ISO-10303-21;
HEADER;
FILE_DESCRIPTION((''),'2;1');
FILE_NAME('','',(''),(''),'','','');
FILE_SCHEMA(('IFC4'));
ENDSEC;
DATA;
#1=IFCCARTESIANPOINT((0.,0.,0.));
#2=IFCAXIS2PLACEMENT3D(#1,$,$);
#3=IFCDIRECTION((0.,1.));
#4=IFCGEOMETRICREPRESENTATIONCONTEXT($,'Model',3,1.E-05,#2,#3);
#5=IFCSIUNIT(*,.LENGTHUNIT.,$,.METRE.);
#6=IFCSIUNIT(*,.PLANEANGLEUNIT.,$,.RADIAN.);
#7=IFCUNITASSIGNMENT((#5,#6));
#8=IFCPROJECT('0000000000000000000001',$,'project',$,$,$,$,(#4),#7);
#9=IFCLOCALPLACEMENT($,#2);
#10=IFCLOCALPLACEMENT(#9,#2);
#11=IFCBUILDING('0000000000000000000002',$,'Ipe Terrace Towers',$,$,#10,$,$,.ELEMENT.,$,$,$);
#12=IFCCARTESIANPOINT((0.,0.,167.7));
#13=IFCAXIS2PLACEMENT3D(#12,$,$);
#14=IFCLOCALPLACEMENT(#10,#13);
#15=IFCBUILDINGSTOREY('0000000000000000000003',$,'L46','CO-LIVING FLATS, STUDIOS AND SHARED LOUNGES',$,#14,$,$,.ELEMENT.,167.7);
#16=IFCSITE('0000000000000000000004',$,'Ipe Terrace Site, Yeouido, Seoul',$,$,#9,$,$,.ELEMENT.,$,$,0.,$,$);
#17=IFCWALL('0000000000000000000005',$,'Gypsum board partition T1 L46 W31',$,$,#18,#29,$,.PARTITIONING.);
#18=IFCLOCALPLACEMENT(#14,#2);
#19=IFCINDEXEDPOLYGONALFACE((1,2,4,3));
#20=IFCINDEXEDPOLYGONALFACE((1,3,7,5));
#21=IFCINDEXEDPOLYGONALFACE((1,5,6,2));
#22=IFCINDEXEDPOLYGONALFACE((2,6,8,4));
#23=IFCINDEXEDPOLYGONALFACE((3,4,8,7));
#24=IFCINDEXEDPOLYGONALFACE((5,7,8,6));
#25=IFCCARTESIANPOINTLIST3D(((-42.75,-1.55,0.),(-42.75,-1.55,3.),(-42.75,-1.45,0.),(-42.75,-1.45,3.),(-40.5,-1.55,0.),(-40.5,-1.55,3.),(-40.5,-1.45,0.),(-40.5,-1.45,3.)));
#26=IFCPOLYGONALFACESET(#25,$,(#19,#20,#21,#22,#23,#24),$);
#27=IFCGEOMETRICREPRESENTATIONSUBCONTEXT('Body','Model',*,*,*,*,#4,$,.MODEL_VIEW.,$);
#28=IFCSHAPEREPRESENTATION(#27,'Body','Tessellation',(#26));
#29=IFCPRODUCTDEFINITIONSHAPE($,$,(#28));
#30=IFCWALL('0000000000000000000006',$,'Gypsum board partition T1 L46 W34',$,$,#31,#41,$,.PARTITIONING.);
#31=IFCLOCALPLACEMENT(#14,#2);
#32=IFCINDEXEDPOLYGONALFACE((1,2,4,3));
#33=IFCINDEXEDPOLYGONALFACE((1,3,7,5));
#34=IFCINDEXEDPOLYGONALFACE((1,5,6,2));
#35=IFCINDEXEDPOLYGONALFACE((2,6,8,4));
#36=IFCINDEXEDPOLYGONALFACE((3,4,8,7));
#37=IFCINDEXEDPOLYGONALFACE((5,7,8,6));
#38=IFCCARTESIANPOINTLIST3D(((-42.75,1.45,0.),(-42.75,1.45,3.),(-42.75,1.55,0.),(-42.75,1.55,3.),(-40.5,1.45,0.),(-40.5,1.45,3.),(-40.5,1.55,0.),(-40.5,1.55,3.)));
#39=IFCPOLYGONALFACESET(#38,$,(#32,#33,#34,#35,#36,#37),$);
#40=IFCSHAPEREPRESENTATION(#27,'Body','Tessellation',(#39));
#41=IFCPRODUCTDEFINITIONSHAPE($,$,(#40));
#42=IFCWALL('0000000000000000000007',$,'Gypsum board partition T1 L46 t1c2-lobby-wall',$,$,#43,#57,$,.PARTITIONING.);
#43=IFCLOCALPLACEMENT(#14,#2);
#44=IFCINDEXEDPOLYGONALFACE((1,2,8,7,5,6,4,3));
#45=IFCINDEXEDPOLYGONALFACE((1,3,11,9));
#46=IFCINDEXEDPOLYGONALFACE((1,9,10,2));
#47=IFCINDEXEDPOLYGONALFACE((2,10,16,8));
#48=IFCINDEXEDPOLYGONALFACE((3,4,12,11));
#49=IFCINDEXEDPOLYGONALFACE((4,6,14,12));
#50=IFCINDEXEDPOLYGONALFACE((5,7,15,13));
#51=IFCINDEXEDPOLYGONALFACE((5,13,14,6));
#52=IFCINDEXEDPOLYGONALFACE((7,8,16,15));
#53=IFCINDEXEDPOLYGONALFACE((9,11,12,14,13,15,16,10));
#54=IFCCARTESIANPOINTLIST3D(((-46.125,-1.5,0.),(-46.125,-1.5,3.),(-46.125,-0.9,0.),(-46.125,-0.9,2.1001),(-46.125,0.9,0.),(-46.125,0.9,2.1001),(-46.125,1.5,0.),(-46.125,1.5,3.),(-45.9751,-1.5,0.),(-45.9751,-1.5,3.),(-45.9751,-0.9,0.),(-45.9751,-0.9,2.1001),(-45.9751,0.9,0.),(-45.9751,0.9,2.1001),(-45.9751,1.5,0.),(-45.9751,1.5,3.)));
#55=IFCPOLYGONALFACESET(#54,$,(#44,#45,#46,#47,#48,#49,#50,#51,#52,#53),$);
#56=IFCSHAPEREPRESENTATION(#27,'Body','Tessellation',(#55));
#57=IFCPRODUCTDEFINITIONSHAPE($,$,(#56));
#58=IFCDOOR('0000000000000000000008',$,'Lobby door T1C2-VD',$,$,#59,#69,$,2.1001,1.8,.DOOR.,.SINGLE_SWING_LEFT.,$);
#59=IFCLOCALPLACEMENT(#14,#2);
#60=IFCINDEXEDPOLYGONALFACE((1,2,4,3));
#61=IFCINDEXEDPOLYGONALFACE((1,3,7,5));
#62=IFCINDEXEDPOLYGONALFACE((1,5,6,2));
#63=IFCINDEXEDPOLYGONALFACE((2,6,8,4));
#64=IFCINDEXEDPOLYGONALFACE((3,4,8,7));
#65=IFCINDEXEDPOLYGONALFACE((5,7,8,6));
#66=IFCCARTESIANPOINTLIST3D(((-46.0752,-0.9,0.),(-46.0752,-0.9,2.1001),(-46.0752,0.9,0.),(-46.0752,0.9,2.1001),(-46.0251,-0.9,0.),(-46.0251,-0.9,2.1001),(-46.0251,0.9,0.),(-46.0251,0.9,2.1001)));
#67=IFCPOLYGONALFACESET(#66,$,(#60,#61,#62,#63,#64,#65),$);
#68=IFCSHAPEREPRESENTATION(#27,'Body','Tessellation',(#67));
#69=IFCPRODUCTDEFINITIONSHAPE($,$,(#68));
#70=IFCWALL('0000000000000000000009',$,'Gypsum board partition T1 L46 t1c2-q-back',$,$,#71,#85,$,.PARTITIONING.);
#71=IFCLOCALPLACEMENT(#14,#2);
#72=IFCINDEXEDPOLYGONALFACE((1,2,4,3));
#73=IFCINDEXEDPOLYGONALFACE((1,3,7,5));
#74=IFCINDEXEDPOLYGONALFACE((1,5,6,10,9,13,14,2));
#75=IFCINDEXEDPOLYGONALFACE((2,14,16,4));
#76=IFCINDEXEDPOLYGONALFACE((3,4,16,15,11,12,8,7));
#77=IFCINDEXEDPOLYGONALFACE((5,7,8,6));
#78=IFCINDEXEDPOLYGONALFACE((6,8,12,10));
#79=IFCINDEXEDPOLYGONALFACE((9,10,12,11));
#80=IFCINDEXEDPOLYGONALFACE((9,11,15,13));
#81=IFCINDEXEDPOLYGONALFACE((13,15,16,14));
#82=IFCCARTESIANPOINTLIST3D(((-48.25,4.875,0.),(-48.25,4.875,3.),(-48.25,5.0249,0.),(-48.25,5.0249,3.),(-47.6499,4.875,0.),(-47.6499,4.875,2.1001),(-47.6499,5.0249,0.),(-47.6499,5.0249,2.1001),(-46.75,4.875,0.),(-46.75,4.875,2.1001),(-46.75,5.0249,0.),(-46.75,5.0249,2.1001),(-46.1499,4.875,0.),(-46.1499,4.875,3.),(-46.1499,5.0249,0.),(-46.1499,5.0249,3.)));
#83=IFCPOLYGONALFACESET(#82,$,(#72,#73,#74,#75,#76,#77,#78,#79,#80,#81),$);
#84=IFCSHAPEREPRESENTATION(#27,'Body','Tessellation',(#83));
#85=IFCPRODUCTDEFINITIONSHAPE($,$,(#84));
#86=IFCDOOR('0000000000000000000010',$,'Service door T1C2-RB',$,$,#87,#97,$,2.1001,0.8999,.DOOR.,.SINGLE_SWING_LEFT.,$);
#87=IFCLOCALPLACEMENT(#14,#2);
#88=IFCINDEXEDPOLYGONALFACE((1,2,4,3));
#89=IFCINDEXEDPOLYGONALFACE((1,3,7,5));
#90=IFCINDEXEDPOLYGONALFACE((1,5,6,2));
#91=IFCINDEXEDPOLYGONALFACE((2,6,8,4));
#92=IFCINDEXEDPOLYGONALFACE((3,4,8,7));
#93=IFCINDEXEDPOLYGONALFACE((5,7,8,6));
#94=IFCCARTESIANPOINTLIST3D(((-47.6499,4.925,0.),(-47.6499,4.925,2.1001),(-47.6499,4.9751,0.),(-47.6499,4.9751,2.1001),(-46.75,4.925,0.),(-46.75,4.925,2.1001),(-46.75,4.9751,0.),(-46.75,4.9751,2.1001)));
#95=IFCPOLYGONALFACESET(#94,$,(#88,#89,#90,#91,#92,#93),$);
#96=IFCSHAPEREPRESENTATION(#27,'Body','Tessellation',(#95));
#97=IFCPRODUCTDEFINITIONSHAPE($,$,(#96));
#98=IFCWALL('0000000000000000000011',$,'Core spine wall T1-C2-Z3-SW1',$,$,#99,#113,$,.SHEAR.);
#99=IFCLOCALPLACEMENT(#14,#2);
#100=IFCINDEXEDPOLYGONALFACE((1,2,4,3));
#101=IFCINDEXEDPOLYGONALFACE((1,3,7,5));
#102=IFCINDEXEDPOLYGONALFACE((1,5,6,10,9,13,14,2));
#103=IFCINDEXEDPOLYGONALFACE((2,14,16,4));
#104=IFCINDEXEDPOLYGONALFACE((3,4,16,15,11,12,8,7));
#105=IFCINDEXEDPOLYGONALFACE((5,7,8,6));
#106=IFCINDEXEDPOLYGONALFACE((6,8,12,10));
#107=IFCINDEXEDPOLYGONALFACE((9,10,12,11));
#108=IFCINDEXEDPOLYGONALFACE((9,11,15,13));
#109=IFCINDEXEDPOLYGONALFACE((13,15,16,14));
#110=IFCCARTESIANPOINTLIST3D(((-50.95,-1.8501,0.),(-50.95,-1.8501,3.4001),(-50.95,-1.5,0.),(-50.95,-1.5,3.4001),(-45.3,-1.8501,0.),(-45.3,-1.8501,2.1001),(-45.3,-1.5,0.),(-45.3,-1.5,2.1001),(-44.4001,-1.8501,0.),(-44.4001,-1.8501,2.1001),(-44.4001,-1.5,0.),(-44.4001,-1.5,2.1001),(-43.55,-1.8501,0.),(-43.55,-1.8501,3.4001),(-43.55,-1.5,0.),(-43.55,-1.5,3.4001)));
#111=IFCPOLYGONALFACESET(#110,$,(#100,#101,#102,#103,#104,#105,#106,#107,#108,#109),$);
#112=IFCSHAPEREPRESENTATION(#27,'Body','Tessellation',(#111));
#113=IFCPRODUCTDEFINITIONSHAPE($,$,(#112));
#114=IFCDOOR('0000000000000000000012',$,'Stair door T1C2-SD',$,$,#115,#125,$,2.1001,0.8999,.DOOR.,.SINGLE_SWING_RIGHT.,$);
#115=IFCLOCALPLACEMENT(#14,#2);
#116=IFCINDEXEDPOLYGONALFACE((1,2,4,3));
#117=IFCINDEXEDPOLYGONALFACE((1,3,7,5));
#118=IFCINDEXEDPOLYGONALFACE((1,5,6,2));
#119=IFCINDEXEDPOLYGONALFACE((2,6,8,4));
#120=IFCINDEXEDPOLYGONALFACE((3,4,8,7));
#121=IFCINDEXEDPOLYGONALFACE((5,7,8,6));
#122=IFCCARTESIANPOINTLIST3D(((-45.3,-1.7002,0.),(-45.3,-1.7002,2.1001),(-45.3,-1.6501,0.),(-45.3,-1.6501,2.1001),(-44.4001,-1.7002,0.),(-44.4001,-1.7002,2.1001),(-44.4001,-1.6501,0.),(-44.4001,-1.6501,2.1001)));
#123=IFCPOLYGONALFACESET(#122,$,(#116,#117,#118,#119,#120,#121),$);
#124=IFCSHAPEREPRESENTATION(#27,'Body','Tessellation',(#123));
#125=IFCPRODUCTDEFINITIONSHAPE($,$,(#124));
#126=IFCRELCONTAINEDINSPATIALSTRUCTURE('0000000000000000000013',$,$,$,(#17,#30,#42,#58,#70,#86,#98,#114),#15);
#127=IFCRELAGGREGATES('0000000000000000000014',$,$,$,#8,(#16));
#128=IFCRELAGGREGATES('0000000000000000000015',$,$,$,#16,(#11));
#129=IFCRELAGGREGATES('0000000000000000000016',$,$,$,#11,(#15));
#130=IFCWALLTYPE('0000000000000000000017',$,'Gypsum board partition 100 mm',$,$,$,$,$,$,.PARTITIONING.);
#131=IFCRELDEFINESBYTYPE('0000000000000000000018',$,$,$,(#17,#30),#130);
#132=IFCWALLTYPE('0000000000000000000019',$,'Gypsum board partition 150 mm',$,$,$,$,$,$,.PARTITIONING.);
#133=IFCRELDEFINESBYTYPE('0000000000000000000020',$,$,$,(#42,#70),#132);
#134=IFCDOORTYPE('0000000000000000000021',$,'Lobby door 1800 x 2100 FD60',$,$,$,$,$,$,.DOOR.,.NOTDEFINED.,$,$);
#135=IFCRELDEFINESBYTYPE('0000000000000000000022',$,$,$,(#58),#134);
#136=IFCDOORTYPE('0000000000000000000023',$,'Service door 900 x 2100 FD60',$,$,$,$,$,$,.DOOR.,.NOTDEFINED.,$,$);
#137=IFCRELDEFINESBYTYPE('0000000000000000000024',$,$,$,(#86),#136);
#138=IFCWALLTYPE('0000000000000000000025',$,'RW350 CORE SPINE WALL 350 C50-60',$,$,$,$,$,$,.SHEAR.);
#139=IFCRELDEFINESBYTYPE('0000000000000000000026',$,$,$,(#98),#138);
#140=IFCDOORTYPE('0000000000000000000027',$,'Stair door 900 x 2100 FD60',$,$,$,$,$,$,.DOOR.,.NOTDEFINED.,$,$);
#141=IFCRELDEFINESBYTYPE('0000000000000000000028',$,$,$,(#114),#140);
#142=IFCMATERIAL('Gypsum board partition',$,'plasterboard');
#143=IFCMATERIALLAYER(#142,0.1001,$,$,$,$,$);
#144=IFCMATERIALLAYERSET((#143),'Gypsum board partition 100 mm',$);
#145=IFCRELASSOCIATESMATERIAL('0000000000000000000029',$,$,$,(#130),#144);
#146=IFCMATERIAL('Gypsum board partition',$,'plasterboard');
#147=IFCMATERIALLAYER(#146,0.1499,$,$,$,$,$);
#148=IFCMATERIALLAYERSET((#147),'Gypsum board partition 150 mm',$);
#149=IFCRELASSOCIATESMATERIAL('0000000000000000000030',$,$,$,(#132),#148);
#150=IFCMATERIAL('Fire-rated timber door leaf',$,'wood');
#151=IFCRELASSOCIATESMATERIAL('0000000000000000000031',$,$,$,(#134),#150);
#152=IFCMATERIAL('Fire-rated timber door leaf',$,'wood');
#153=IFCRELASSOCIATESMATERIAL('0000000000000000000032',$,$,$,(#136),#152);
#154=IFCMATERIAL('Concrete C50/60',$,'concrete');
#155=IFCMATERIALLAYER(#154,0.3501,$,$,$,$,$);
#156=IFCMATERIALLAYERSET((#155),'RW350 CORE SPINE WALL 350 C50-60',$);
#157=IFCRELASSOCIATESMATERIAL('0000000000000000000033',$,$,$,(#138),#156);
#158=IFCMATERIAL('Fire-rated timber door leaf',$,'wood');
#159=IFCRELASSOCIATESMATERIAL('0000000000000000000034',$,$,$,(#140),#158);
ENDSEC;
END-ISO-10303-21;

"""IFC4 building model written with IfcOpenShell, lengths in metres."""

from ifc_helpers import new_model, si_unit, direction, frame, frame_2d, origin, place, context, subcontext, project, spatial, rectangle, extrude, material, layer, layer_set, type_object, element, fill, save


model = new_model("IFC4")

# Units and contexts
model_context = context("Model", 3, precision=1e-05, world=origin(), true_north=direction((0.0, 1.0)))
body_context = subcontext(model_context, "Body", "Model", "MODEL_VIEW")
ifc_project = project(units=[si_unit("LENGTHUNIT", "METRE"), si_unit("PLANEANGLEUNIT", "RADIAN")], contexts=[model_context])

# Site, building, storey
site_placement = place(None, origin())
site = spatial("IfcSite", under=ifc_project, at=site_placement, Name="Ipe Terrace Site, Yeouido, Seoul", CompositionType="ELEMENT", RefElevation=0.0)
building_placement = place(site_placement, origin())
building = spatial("IfcBuilding", under=site, at=building_placement, Name="Ipe Terrace Towers", CompositionType="ELEMENT")
storey_placement = place(building_placement, frame((0.0, 0.0, 167.7)))
storey = spatial("IfcBuildingStorey", under=building, at=storey_placement, Name="L46", Description="CO-LIVING FLATS, STUDIOS AND SHARED LOUNGES", CompositionType="ELEMENT", Elevation=167.7)

# Walls
ifc_material_1 = material(Name="Gypsum board partition", Category="plasterboard")
ifc_layer_1 = layer(ifc_material_1, 0.1001)
ifc_layer_set_1 = layer_set([ifc_layer_1], Name="Gypsum board partition 100 mm")
wall_type_1 = type_object("IfcWallType", Name="Gypsum board partition 100 mm", PredefinedType="PARTITIONING", material=ifc_layer_set_1)
for number, where, z_axis, x_axis, name in (
    (1, (-42.75, -1.5, 0.0), (0.0, 0.0, 1.0), (1.0, 0.0, 0.0), "Gypsum board partition T1 L46 W31"),
    (2, (-42.75, 1.5, 0.0), (0.0, 0.0, 1.0), (1.0, 0.0, 0.0), "Gypsum board partition T1 L46 W34"),
):
    element("IfcWall", number, at=place(storey_placement, frame(where, z_axis=z_axis, x_axis=x_axis)), inside=storey, type_object=wall_type_1, Name=name, PredefinedType="PARTITIONING", context=body_context, shape_type="SweptSolid", body=[
        extrude(rectangle(XDim=2.25, YDim=0.1001, at=frame_2d((1.125, 0.0))), origin(), (0.0, 0.0, 1.0), 3.0),
    ])

# Walls, openings, doors
ifc_material_2 = material(Name="Gypsum board partition", Category="plasterboard")
ifc_layer_2 = layer(ifc_material_2, 0.1499)
ifc_layer_set_2 = layer_set([ifc_layer_2], Name="Gypsum board partition 150 mm")
wall_type_2 = type_object("IfcWallType", Name="Gypsum board partition 150 mm", PredefinedType="PARTITIONING", material=ifc_layer_set_2)
wall_1_placement = place(storey_placement, frame((-46.05, 1.5, 0.0), z_axis=(0.0, 0.0, 1.0), x_axis=(0.0, -1.0, 0.0)))
wall_1 = element("IfcWall", 3, at=wall_1_placement, inside=storey, type_object=wall_type_2, Name="Gypsum board partition T1 L46 t1c2-lobby-wall", PredefinedType="PARTITIONING", context=body_context, shape_type="SweptSolid", body=[
    extrude(rectangle(XDim=3.0, YDim=0.1499, at=frame_2d((1.5, 0.0))), origin(), (0.0, 0.0, 1.0), 3.0),
])
opening_1_placement = place(wall_1_placement, frame((0.6001, 0.0, 0.0)))
opening_1 = element("IfcOpeningElement", 4, at=opening_1_placement, cuts=wall_1, PredefinedType="OPENING", context=body_context, shape_type="SweptSolid", body=[
    extrude(rectangle(XDim=1.8, YDim=2.1001, at=frame_2d((0.8999, 1.05))), frame((0.0, 0.085, 0.0), z_axis=(0.0, -1.0, 0.0), x_axis=(1.0, 0.0, 0.0)), (0.0, 0.0, 1.0), 0.1699),
])
ifc_material_3 = material(Name="Fire-rated timber door leaf", Category="wood")
door_type_1 = type_object("IfcDoorType", Name="Lobby door 1800 x 2100 FD60", OperationType="NOTDEFINED", PredefinedType="DOOR", material=ifc_material_3)
door_1_placement = place(opening_1_placement, origin())
door_1 = element("IfcDoor", 5, at=door_1_placement, inside=storey, type_object=door_type_1, Name="Lobby door T1C2-VD", OperationType="SINGLE_SWING_LEFT", OverallHeight=2.1001, OverallWidth=1.8, PredefinedType="DOOR", context=body_context, shape_type="SweptSolid", body=[
    extrude(rectangle(XDim=1.8, YDim=2.1001, at=frame_2d((0.8999, 1.05))), frame((0.0, 0.0249, 0.0), z_axis=(0.0, -1.0, 0.0), x_axis=(1.0, 0.0, 0.0)), (0.0, 0.0, 1.0), 0.05),
])
fill(opening_1, door_1)
wall_2_placement = place(storey_placement, frame((-46.1499, 4.95, 0.0), z_axis=(0.0, 0.0, 1.0), x_axis=(-1.0, 0.0, 0.0)))
wall_2 = element("IfcWall", 6, at=wall_2_placement, inside=storey, type_object=wall_type_2, Name="Gypsum board partition T1 L46 t1c2-q-back", PredefinedType="PARTITIONING", context=body_context, shape_type="SweptSolid", body=[
    extrude(rectangle(XDim=2.1001, YDim=0.1499, at=frame_2d((1.05, 0.0))), origin(), (0.0, 0.0, 1.0), 3.0),
])
opening_2_placement = place(wall_2_placement, frame((0.6001, 0.0, 0.0)))
opening_2 = element("IfcOpeningElement", 7, at=opening_2_placement, cuts=wall_2, PredefinedType="OPENING", context=body_context, shape_type="SweptSolid", body=[
    extrude(rectangle(XDim=0.8999, YDim=2.1001, at=frame_2d((0.45, 1.05))), frame((0.0, 0.085, 0.0), z_axis=(0.0, -1.0, 0.0), x_axis=(1.0, 0.0, 0.0)), (0.0, 0.0, 1.0), 0.1699),
])
ifc_material_4 = material(Name="Fire-rated timber door leaf", Category="wood")
door_type_2 = type_object("IfcDoorType", Name="Service door 900 x 2100 FD60", OperationType="NOTDEFINED", PredefinedType="DOOR", material=ifc_material_4)
door_2_placement = place(opening_2_placement, origin())
door_2 = element("IfcDoor", 8, at=door_2_placement, inside=storey, type_object=door_type_2, Name="Service door T1C2-RB", OperationType="SINGLE_SWING_LEFT", OverallHeight=2.1001, OverallWidth=0.8999, PredefinedType="DOOR", context=body_context, shape_type="SweptSolid", body=[
    extrude(rectangle(XDim=0.8999, YDim=2.1001, at=frame_2d((0.45, 1.05))), frame((0.0, 0.0249, 0.0), z_axis=(0.0, -1.0, 0.0), x_axis=(1.0, 0.0, 0.0)), (0.0, 0.0, 1.0), 0.05),
])
fill(opening_2, door_2)
ifc_material_5 = material(Name="Concrete C50/60", Category="concrete")
ifc_layer_3 = layer(ifc_material_5, 0.3501)
ifc_layer_set_3 = layer_set([ifc_layer_3], Name="RW350 CORE SPINE WALL 350 C50-60")
wall_type_3 = type_object("IfcWallType", Name="RW350 CORE SPINE WALL 350 C50-60", PredefinedType="SHEAR", material=ifc_layer_set_3)
wall_3_placement = place(storey_placement, frame((-50.95, -1.675, 0.0), z_axis=(0.0, 0.0, 1.0), x_axis=(1.0, 0.0, 0.0)))
wall_3 = element("IfcWall", 9, at=wall_3_placement, inside=storey, type_object=wall_type_3, Name="Core spine wall T1-C2-Z3-SW1", PredefinedType="SHEAR", context=body_context, shape_type="SweptSolid", body=[
    extrude(rectangle(XDim=7.3999, YDim=0.3501, at=frame_2d((3.7, 0.0))), origin(), (0.0, 0.0, 1.0), 3.4001),
])
opening_3_placement = place(wall_3_placement, frame((5.6499, 0.0, 0.0)))
opening_3 = element("IfcOpeningElement", 10, at=opening_3_placement, cuts=wall_3, PredefinedType="OPENING", context=body_context, shape_type="SweptSolid", body=[
    extrude(rectangle(XDim=0.8999, YDim=2.1001, at=frame_2d((0.45, 1.05))), frame((0.0, 0.1851, 0.0), z_axis=(0.0, -1.0, 0.0), x_axis=(1.0, 0.0, 0.0)), (0.0, 0.0, 1.0), 0.3701),
])
ifc_material_6 = material(Name="Fire-rated timber door leaf", Category="wood")
door_type_3 = type_object("IfcDoorType", Name="Stair door 900 x 2100 FD60", OperationType="NOTDEFINED", PredefinedType="DOOR", material=ifc_material_6)
door_3_placement = place(opening_3_placement, origin())
door_3 = element("IfcDoor", 11, at=door_3_placement, inside=storey, type_object=door_type_3, Name="Stair door T1C2-SD", OperationType="SINGLE_SWING_RIGHT", OverallHeight=2.1001, OverallWidth=0.8999, PredefinedType="DOOR", context=body_context, shape_type="SweptSolid", body=[
    extrude(rectangle(XDim=0.8999, YDim=2.1001, at=frame_2d((0.45, 1.05))), frame((0.0, 0.0249, 0.0), z_axis=(0.0, -1.0, 0.0), x_axis=(1.0, 0.0, 0.0)), (0.0, 0.0, 1.0), 0.05),
])
fill(opening_3, door_3)

save(model, "model.ifc")
